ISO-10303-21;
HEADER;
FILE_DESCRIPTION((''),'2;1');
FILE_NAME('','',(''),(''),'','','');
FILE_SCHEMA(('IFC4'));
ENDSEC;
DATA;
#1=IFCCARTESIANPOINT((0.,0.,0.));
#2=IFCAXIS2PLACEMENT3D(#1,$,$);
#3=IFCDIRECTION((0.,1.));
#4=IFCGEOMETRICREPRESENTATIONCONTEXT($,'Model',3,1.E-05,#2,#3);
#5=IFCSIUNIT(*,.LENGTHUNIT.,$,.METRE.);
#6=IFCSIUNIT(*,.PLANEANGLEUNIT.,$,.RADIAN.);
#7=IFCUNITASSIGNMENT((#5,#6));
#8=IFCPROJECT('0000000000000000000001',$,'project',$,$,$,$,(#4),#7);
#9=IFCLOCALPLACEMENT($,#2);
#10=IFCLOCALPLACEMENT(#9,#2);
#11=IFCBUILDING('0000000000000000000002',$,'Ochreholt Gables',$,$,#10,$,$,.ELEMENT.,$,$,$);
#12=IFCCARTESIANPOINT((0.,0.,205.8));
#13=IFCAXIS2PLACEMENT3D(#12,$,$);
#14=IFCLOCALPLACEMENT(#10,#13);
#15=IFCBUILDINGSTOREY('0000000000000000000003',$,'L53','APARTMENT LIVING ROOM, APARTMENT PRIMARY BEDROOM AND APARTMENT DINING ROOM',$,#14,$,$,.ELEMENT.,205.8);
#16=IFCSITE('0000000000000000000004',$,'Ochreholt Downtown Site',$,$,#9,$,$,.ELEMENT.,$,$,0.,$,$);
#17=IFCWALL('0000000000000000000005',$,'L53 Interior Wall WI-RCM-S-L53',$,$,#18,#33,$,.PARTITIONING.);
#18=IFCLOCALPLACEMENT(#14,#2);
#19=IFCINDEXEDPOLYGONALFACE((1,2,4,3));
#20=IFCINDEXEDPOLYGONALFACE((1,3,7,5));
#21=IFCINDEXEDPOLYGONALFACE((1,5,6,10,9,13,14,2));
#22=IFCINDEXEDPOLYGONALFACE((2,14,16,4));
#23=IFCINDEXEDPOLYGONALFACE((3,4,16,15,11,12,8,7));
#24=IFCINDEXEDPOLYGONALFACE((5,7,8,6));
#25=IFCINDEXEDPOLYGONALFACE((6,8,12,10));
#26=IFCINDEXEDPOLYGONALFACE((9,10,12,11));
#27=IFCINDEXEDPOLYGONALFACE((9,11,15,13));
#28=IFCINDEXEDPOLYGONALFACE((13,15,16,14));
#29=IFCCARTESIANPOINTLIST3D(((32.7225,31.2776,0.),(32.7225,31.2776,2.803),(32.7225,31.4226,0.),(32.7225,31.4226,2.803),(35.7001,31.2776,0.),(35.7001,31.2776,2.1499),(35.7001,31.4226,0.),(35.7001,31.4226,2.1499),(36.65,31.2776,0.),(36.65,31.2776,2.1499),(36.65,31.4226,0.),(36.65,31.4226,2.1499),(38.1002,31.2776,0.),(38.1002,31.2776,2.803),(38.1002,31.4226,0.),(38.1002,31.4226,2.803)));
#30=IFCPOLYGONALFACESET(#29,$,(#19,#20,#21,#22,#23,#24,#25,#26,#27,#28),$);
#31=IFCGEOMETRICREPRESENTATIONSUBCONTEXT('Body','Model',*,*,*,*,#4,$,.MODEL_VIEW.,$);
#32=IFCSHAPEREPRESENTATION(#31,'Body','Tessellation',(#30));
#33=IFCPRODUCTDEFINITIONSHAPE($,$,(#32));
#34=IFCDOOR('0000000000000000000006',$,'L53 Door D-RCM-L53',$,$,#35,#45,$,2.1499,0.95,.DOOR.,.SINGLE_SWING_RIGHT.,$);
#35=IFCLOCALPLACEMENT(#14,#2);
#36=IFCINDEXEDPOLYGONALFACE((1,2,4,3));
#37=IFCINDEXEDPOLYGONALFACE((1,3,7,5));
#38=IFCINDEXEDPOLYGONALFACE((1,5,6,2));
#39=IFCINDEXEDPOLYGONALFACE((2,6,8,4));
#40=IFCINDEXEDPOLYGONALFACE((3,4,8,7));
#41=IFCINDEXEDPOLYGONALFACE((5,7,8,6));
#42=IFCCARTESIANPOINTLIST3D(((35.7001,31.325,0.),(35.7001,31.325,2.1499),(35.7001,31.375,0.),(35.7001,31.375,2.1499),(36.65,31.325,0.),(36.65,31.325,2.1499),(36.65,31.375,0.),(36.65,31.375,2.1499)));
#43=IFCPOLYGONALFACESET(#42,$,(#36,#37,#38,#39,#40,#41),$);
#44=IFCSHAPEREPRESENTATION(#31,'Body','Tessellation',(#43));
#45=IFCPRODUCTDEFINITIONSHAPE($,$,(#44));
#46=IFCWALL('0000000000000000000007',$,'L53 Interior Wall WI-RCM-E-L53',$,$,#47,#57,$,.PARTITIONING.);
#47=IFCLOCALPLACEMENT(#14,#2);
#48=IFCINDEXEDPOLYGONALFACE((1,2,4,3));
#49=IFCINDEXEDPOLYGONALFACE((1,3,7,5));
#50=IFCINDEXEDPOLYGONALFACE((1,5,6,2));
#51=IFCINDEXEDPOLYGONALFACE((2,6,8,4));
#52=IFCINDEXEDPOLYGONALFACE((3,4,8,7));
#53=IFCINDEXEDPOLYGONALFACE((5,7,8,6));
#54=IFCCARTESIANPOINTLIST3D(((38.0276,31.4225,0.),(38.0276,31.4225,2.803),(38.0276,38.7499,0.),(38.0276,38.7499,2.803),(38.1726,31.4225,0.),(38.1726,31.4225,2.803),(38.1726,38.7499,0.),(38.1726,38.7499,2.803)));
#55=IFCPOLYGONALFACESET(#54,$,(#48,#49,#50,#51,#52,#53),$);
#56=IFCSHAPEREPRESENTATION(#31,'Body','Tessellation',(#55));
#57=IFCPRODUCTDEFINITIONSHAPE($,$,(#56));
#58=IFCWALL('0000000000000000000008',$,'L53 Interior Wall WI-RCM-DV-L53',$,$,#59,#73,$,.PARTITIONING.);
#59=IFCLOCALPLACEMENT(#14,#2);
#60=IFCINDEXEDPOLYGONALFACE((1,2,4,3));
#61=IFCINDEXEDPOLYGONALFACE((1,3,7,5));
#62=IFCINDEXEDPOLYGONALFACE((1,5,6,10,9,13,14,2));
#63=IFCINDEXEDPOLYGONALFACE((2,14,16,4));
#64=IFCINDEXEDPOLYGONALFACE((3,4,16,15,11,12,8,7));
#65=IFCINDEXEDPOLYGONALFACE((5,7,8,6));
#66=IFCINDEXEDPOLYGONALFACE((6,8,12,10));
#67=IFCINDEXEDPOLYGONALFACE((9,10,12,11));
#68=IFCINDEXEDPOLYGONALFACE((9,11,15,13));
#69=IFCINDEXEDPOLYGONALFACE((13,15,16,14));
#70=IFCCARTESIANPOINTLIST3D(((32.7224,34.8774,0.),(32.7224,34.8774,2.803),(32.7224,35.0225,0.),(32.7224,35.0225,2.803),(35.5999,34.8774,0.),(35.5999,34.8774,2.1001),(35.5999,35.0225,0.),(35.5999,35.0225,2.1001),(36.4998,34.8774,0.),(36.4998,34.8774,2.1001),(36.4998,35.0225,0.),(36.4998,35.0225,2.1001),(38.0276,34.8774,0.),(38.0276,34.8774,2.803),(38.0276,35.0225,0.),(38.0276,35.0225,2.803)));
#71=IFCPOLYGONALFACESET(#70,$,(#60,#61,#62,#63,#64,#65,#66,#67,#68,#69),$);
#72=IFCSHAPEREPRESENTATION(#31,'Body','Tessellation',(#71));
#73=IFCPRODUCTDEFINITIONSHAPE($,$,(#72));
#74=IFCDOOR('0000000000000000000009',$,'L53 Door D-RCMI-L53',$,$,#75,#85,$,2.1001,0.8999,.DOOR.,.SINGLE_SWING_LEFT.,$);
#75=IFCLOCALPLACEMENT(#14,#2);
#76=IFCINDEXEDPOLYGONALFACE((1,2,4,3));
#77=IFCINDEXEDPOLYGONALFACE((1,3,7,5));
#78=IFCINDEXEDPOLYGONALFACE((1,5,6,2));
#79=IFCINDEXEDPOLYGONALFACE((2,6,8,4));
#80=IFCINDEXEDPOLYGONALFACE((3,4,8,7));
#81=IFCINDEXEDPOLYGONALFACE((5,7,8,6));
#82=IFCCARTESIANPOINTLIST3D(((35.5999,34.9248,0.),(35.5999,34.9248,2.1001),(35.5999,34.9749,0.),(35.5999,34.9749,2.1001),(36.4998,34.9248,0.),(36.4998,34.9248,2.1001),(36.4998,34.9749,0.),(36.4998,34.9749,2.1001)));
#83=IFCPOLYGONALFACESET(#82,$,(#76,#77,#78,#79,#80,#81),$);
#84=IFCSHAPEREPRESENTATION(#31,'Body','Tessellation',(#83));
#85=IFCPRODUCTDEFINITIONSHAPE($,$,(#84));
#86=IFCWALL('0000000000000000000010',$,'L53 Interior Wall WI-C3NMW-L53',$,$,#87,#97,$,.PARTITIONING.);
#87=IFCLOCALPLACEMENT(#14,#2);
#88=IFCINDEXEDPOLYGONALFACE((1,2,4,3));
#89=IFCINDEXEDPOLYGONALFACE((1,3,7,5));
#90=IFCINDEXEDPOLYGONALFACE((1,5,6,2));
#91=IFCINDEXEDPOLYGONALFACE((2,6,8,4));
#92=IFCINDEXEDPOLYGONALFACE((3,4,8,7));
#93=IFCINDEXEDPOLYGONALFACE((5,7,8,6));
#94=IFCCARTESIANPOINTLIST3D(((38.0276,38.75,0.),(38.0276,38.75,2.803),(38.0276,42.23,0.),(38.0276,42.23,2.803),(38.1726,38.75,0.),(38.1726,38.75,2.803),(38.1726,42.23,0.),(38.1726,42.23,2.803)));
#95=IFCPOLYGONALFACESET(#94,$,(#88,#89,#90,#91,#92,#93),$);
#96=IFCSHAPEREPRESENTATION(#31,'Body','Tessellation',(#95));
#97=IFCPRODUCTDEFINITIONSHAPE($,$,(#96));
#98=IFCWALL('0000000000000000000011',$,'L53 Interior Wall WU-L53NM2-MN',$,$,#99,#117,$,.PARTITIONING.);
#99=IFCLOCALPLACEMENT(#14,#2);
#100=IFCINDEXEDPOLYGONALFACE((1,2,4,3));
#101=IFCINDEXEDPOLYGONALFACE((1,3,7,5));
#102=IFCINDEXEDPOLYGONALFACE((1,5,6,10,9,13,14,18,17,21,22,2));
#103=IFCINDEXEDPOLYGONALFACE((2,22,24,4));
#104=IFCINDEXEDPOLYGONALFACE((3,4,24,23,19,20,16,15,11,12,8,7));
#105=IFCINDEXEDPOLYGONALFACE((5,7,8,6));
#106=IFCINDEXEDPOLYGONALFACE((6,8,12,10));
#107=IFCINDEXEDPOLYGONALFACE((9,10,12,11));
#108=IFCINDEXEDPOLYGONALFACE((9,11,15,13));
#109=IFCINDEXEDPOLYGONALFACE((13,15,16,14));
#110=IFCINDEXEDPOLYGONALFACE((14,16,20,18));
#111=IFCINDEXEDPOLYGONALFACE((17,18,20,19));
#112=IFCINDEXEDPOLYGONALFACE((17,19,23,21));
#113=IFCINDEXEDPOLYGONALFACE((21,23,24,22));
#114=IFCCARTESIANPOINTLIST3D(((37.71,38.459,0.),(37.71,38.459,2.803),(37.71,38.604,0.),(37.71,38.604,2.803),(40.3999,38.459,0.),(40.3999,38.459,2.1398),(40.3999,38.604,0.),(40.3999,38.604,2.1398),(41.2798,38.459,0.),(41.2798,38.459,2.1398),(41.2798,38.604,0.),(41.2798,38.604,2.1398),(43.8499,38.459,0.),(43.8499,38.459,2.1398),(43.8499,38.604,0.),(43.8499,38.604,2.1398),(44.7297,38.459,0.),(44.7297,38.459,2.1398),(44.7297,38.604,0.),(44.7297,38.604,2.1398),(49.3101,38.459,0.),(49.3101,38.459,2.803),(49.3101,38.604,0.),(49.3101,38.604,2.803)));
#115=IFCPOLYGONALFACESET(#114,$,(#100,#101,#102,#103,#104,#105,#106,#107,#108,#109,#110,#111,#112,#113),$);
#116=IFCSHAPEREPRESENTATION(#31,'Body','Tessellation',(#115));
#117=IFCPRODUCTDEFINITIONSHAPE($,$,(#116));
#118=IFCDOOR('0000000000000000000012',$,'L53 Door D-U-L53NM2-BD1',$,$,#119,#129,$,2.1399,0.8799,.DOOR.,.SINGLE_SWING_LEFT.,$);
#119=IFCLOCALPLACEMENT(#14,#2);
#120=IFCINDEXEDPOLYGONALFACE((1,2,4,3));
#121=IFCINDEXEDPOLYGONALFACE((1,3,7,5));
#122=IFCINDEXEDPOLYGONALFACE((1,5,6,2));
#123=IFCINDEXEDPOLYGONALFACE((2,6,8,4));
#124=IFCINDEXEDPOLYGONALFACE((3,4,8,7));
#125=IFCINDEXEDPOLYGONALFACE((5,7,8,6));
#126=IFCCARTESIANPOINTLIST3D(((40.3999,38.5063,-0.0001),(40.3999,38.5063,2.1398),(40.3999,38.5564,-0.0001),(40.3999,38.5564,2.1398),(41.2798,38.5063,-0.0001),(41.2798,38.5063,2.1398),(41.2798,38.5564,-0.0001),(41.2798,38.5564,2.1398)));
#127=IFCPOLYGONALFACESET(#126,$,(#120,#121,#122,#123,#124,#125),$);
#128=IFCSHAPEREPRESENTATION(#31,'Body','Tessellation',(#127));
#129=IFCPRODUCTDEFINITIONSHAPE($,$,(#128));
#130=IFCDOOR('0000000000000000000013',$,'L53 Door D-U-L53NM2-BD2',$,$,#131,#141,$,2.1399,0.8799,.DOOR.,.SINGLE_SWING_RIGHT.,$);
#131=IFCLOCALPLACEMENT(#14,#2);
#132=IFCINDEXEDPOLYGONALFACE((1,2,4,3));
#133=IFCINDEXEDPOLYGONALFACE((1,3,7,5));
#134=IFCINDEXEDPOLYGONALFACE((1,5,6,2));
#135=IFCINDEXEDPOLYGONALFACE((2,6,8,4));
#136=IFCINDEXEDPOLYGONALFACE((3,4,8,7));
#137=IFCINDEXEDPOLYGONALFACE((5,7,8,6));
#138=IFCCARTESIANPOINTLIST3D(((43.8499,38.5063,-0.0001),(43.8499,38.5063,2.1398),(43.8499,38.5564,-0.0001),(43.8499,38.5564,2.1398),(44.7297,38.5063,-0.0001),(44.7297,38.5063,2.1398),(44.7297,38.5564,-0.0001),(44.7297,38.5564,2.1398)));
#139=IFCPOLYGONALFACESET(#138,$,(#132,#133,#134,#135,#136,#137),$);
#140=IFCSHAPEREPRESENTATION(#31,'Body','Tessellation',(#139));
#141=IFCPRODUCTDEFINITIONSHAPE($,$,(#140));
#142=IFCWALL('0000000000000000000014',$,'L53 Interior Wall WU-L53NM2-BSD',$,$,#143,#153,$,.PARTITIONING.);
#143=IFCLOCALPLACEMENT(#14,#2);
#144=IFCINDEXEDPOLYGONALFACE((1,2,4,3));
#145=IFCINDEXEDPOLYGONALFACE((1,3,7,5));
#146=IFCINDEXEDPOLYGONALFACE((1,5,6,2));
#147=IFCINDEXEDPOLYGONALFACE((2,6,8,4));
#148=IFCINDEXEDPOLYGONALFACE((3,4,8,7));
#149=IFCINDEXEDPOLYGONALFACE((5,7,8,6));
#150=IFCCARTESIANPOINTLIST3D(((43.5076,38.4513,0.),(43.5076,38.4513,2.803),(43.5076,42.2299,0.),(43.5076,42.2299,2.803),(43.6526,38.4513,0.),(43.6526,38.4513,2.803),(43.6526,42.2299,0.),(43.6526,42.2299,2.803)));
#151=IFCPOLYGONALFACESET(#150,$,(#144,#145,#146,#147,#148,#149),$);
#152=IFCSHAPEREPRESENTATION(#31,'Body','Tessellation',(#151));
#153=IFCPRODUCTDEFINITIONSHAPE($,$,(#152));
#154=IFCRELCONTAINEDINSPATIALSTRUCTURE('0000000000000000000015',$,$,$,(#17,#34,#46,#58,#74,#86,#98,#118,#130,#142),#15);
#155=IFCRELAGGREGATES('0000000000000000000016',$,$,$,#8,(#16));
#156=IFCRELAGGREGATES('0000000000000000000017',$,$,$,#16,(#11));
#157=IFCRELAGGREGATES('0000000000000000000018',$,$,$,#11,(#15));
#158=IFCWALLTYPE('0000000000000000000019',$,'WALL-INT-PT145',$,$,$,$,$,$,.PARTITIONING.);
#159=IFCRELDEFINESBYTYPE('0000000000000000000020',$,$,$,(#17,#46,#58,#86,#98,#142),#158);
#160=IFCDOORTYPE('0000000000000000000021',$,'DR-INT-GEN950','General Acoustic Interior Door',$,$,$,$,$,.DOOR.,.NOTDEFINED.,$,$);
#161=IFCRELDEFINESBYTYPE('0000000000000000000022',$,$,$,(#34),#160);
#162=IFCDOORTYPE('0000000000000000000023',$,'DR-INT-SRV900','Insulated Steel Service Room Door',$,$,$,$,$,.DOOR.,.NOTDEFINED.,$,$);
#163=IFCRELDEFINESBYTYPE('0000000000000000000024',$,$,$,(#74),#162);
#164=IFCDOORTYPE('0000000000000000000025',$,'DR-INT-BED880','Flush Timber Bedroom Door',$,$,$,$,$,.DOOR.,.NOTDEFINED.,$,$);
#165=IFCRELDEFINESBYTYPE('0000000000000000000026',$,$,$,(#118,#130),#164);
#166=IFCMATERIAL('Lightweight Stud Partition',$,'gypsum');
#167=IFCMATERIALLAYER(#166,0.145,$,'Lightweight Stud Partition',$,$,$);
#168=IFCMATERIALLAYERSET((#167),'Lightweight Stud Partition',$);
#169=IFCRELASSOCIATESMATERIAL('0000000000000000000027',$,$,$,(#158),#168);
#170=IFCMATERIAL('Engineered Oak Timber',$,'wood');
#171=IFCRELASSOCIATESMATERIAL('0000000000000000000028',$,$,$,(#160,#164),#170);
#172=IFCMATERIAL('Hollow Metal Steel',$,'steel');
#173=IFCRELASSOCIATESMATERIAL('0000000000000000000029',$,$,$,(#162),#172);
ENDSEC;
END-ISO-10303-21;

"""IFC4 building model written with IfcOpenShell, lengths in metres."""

from ifc_helpers import new_model, si_unit, direction, frame, frame_2d, origin, place, context, subcontext, project, spatial, rectangle, extrude, material, layer, layer_set, type_object, element, fill, save


model = new_model("IFC4")

# Units and contexts
model_context = context("Model", 3, precision=1e-05, world=origin(), true_north=direction((0.0, 1.0)))
body_context = subcontext(model_context, "Body", "Model", "MODEL_VIEW")
ifc_project = project(units=[si_unit("LENGTHUNIT", "METRE"), si_unit("PLANEANGLEUNIT", "RADIAN")], contexts=[model_context])

# Site, building, storey
site_placement = place(None, origin())
site = spatial("IfcSite", under=ifc_project, at=site_placement, Name="Ochreholt Downtown Site", CompositionType="ELEMENT", RefElevation=0.0)
building_placement = place(site_placement, origin())
building = spatial("IfcBuilding", under=site, at=building_placement, Name="Ochreholt Gables", CompositionType="ELEMENT")
storey_placement = place(building_placement, frame((0.0, 0.0, 205.8)))
storey = spatial("IfcBuildingStorey", under=building, at=storey_placement, Name="L53", Description="APARTMENT LIVING ROOM, APARTMENT PRIMARY BEDROOM AND APARTMENT DINING ROOM", CompositionType="ELEMENT", Elevation=205.8)

# Shared definitions
ifc_material_1 = material(Name="Lightweight Stud Partition", Category="gypsum")
ifc_layer_1 = layer(ifc_material_1, 0.145, Name="Lightweight Stud Partition")
ifc_layer_set_1 = layer_set([ifc_layer_1], Name="Lightweight Stud Partition")
wall_type_1 = type_object("IfcWallType", Name="WALL-INT-PT145", PredefinedType="PARTITIONING", material=ifc_layer_set_1)

# Wall, opening, door
wall_1_placement = place(storey_placement, frame((32.7224, 31.3501, 0.0), z_axis=(0.0, 0.0, 1.0), x_axis=(1.0, 0.0, 0.0)))
wall_1 = element("IfcWall", 1, at=wall_1_placement, inside=storey, type_object=wall_type_1, Name="L53 Interior Wall WI-RCM-S-L53", PredefinedType="PARTITIONING", context=body_context, shape_type="SweptSolid", body=[
    extrude(rectangle(XDim=5.3777, YDim=0.145, at=frame_2d((2.689, 0.0))), origin(), (0.0, 0.0, 1.0), 2.803),
])
opening_1_placement = place(wall_1_placement, frame((2.9775, 0.0, 0.0)))
opening_1 = element("IfcOpeningElement", 2, at=opening_1_placement, cuts=wall_1, PredefinedType="OPENING", context=body_context, shape_type="SweptSolid", body=[
    extrude(rectangle(XDim=0.95, YDim=2.1499, at=frame_2d((0.4751, 1.075))), frame((0.0, 0.0825, 0.0), z_axis=(0.0, -1.0, 0.0), x_axis=(1.0, 0.0, 0.0)), (0.0, 0.0, 1.0), 0.165),
])
ifc_material_2 = material(Name="Engineered Oak Timber", Category="wood")
door_type_1 = type_object("IfcDoorType", Name="DR-INT-GEN950", Description="General Acoustic Interior Door", OperationType="NOTDEFINED", PredefinedType="DOOR", material=ifc_material_2)
door_1_placement = place(opening_1_placement, origin())
door_1 = element("IfcDoor", 3, at=door_1_placement, inside=storey, type_object=door_type_1, Name="L53 Door D-RCM-L53", OperationType="SINGLE_SWING_RIGHT", OverallHeight=2.1499, OverallWidth=0.95, PredefinedType="DOOR", context=body_context, shape_type="SweptSolid", body=[
    extrude(rectangle(XDim=0.95, YDim=2.1499, at=frame_2d((0.4751, 1.075))), frame((0.0, 0.0249, 0.0), z_axis=(0.0, -1.0, 0.0), x_axis=(1.0, 0.0, 0.0)), (0.0, 0.0, 1.0), 0.05),
])
fill(opening_1, door_1)

# Wall
wall_2_placement = place(storey_placement, frame((38.1001, 31.4226, 0.0), z_axis=(0.0, 0.0, 1.0), x_axis=(0.0, 1.0, 0.0)))
element("IfcWall", 4, at=wall_2_placement, inside=storey, type_object=wall_type_1, Name="L53 Interior Wall WI-RCM-E-L53", PredefinedType="PARTITIONING", context=body_context, shape_type="SweptSolid", body=[
    extrude(rectangle(XDim=7.3274, YDim=0.145, at=frame_2d((3.6636, 0.0))), origin(), (0.0, 0.0, 1.0), 2.803),
])

# Wall, opening, door
wall_3_placement = place(storey_placement, frame((32.7224, 34.95, 0.0), z_axis=(0.0, 0.0, 1.0), x_axis=(1.0, 0.0, 0.0)))
wall_3 = element("IfcWall", 5, at=wall_3_placement, inside=storey, type_object=wall_type_1, Name="L53 Interior Wall WI-RCM-DV-L53", PredefinedType="PARTITIONING", context=body_context, shape_type="SweptSolid", body=[
    extrude(rectangle(XDim=5.3052, YDim=0.145, at=frame_2d((2.6526, 0.0))), origin(), (0.0, 0.0, 1.0), 2.803),
])
opening_2_placement = place(wall_3_placement, frame((2.8774, 0.0, 0.0)))
opening_2 = element("IfcOpeningElement", 6, at=opening_2_placement, cuts=wall_3, PredefinedType="OPENING", context=body_context, shape_type="SweptSolid", body=[
    extrude(rectangle(XDim=0.8999, YDim=2.1001, at=frame_2d((0.45, 1.05))), frame((0.0, 0.0825, 0.0), z_axis=(0.0, -1.0, 0.0), x_axis=(1.0, 0.0, 0.0)), (0.0, 0.0, 1.0), 0.165),
])
ifc_material_3 = material(Name="Hollow Metal Steel", Category="steel")
door_type_2 = type_object("IfcDoorType", Name="DR-INT-SRV900", Description="Insulated Steel Service Room Door", OperationType="NOTDEFINED", PredefinedType="DOOR", material=ifc_material_3)
door_2_placement = place(opening_2_placement, origin())
door_2 = element("IfcDoor", 7, at=door_2_placement, inside=storey, type_object=door_type_2, Name="L53 Door D-RCMI-L53", OperationType="SINGLE_SWING_LEFT", OverallHeight=2.1001, OverallWidth=0.8999, PredefinedType="DOOR", context=body_context, shape_type="SweptSolid", body=[
    extrude(rectangle(XDim=0.8999, YDim=2.1001, at=frame_2d((0.45, 1.05))), frame((0.0, 0.0249, 0.0), z_axis=(0.0, -1.0, 0.0), x_axis=(1.0, 0.0, 0.0)), (0.0, 0.0, 1.0), 0.05),
])
fill(opening_2, door_2)

# Wall
wall_4_placement = place(storey_placement, frame((38.1001, 38.75, 0.0), z_axis=(0.0, 0.0, 1.0), x_axis=(0.0, 1.0, 0.0)))
element("IfcWall", 8, at=wall_4_placement, inside=storey, type_object=wall_type_1, Name="L53 Interior Wall WI-C3NMW-L53", PredefinedType="PARTITIONING", context=body_context, shape_type="SweptSolid", body=[
    extrude(rectangle(XDim=3.48, YDim=0.145, at=frame_2d((1.74, 0.0))), origin(), (0.0, 0.0, 1.0), 2.803),
])

# Wall, openings, doors
wall_5_placement = place(storey_placement, frame((37.71, 38.5315, 0.0), z_axis=(0.0, 0.0, 1.0), x_axis=(1.0, 0.0, 0.0)))
wall_5 = element("IfcWall", 9, at=wall_5_placement, inside=storey, type_object=wall_type_1, Name="L53 Interior Wall WU-L53NM2-MN", PredefinedType="PARTITIONING", context=body_context, shape_type="SweptSolid", body=[
    extrude(rectangle(XDim=11.6001, YDim=0.145, at=frame_2d((5.8, 0.0))), origin(), (0.0, 0.0, 1.0), 2.803),
])
opening_3_placement = place(wall_5_placement, frame((2.6899, 0.0, 0.0)))
opening_3 = element("IfcOpeningElement", 10, at=opening_3_placement, cuts=wall_5, PredefinedType="OPENING", context=body_context, shape_type="SweptSolid", body=[
    extrude(rectangle(XDim=0.8799, YDim=2.1399, at=frame_2d((0.4399, 1.0698))), frame((0.0, 0.0825, 0.0), z_axis=(0.0, -1.0, 0.0), x_axis=(1.0, 0.0, 0.0)), (0.0, 0.0, 1.0), 0.165),
])
opening_4_placement = place(wall_5_placement, frame((6.1399, 0.0, 0.0)))
opening_4 = element("IfcOpeningElement", 11, at=opening_4_placement, cuts=wall_5, PredefinedType="OPENING", context=body_context, shape_type="SweptSolid", body=[
    extrude(rectangle(XDim=0.8799, YDim=2.1399, at=frame_2d((0.4399, 1.0698))), frame((0.0, 0.0825, 0.0), z_axis=(0.0, -1.0, 0.0), x_axis=(1.0, 0.0, 0.0)), (0.0, 0.0, 1.0), 0.165),
])
door_type_3 = type_object("IfcDoorType", Name="DR-INT-BED880", Description="Flush Timber Bedroom Door", OperationType="NOTDEFINED", PredefinedType="DOOR", material=ifc_material_2)
door_3_placement = place(opening_3_placement, origin())
door_3 = element("IfcDoor", 12, at=door_3_placement, inside=storey, type_object=door_type_3, Name="L53 Door D-U-L53NM2-BD1", OperationType="SINGLE_SWING_LEFT", OverallHeight=2.1399, OverallWidth=0.8799, PredefinedType="DOOR", context=body_context, shape_type="SweptSolid", body=[
    extrude(rectangle(XDim=0.8799, YDim=2.1399, at=frame_2d((0.4399, 1.0698))), frame((0.0, 0.0249, 0.0), z_axis=(0.0, -1.0, 0.0), x_axis=(1.0, 0.0, 0.0)), (0.0, 0.0, 1.0), 0.05),
])
fill(opening_3, door_3)
door_4_placement = place(opening_4_placement, origin())
door_4 = element("IfcDoor", 13, at=door_4_placement, inside=storey, type_object=door_type_3, Name="L53 Door D-U-L53NM2-BD2", OperationType="SINGLE_SWING_RIGHT", OverallHeight=2.1399, OverallWidth=0.8799, PredefinedType="DOOR", context=body_context, shape_type="SweptSolid", body=[
    extrude(rectangle(XDim=0.8799, YDim=2.1399, at=frame_2d((0.4399, 1.0698))), frame((0.0, 0.0249, 0.0), z_axis=(0.0, -1.0, 0.0), x_axis=(1.0, 0.0, 0.0)), (0.0, 0.0, 1.0), 0.05),
])
fill(opening_4, door_4)

# Wall
wall_6_placement = place(storey_placement, frame((43.5801, 38.4514, 0.0), z_axis=(0.0, 0.0, 1.0), x_axis=(0.0, 1.0, 0.0)))
element("IfcWall", 14, at=wall_6_placement, inside=storey, type_object=wall_type_1, Name="L53 Interior Wall WU-L53NM2-BSD", PredefinedType="PARTITIONING", context=body_context, shape_type="SweptSolid", body=[
    extrude(rectangle(XDim=3.7786, YDim=0.145, at=frame_2d((1.8892, 0.0))), origin(), (0.0, 0.0, 1.0), 2.803),
])

save(model, "model.ifc")
